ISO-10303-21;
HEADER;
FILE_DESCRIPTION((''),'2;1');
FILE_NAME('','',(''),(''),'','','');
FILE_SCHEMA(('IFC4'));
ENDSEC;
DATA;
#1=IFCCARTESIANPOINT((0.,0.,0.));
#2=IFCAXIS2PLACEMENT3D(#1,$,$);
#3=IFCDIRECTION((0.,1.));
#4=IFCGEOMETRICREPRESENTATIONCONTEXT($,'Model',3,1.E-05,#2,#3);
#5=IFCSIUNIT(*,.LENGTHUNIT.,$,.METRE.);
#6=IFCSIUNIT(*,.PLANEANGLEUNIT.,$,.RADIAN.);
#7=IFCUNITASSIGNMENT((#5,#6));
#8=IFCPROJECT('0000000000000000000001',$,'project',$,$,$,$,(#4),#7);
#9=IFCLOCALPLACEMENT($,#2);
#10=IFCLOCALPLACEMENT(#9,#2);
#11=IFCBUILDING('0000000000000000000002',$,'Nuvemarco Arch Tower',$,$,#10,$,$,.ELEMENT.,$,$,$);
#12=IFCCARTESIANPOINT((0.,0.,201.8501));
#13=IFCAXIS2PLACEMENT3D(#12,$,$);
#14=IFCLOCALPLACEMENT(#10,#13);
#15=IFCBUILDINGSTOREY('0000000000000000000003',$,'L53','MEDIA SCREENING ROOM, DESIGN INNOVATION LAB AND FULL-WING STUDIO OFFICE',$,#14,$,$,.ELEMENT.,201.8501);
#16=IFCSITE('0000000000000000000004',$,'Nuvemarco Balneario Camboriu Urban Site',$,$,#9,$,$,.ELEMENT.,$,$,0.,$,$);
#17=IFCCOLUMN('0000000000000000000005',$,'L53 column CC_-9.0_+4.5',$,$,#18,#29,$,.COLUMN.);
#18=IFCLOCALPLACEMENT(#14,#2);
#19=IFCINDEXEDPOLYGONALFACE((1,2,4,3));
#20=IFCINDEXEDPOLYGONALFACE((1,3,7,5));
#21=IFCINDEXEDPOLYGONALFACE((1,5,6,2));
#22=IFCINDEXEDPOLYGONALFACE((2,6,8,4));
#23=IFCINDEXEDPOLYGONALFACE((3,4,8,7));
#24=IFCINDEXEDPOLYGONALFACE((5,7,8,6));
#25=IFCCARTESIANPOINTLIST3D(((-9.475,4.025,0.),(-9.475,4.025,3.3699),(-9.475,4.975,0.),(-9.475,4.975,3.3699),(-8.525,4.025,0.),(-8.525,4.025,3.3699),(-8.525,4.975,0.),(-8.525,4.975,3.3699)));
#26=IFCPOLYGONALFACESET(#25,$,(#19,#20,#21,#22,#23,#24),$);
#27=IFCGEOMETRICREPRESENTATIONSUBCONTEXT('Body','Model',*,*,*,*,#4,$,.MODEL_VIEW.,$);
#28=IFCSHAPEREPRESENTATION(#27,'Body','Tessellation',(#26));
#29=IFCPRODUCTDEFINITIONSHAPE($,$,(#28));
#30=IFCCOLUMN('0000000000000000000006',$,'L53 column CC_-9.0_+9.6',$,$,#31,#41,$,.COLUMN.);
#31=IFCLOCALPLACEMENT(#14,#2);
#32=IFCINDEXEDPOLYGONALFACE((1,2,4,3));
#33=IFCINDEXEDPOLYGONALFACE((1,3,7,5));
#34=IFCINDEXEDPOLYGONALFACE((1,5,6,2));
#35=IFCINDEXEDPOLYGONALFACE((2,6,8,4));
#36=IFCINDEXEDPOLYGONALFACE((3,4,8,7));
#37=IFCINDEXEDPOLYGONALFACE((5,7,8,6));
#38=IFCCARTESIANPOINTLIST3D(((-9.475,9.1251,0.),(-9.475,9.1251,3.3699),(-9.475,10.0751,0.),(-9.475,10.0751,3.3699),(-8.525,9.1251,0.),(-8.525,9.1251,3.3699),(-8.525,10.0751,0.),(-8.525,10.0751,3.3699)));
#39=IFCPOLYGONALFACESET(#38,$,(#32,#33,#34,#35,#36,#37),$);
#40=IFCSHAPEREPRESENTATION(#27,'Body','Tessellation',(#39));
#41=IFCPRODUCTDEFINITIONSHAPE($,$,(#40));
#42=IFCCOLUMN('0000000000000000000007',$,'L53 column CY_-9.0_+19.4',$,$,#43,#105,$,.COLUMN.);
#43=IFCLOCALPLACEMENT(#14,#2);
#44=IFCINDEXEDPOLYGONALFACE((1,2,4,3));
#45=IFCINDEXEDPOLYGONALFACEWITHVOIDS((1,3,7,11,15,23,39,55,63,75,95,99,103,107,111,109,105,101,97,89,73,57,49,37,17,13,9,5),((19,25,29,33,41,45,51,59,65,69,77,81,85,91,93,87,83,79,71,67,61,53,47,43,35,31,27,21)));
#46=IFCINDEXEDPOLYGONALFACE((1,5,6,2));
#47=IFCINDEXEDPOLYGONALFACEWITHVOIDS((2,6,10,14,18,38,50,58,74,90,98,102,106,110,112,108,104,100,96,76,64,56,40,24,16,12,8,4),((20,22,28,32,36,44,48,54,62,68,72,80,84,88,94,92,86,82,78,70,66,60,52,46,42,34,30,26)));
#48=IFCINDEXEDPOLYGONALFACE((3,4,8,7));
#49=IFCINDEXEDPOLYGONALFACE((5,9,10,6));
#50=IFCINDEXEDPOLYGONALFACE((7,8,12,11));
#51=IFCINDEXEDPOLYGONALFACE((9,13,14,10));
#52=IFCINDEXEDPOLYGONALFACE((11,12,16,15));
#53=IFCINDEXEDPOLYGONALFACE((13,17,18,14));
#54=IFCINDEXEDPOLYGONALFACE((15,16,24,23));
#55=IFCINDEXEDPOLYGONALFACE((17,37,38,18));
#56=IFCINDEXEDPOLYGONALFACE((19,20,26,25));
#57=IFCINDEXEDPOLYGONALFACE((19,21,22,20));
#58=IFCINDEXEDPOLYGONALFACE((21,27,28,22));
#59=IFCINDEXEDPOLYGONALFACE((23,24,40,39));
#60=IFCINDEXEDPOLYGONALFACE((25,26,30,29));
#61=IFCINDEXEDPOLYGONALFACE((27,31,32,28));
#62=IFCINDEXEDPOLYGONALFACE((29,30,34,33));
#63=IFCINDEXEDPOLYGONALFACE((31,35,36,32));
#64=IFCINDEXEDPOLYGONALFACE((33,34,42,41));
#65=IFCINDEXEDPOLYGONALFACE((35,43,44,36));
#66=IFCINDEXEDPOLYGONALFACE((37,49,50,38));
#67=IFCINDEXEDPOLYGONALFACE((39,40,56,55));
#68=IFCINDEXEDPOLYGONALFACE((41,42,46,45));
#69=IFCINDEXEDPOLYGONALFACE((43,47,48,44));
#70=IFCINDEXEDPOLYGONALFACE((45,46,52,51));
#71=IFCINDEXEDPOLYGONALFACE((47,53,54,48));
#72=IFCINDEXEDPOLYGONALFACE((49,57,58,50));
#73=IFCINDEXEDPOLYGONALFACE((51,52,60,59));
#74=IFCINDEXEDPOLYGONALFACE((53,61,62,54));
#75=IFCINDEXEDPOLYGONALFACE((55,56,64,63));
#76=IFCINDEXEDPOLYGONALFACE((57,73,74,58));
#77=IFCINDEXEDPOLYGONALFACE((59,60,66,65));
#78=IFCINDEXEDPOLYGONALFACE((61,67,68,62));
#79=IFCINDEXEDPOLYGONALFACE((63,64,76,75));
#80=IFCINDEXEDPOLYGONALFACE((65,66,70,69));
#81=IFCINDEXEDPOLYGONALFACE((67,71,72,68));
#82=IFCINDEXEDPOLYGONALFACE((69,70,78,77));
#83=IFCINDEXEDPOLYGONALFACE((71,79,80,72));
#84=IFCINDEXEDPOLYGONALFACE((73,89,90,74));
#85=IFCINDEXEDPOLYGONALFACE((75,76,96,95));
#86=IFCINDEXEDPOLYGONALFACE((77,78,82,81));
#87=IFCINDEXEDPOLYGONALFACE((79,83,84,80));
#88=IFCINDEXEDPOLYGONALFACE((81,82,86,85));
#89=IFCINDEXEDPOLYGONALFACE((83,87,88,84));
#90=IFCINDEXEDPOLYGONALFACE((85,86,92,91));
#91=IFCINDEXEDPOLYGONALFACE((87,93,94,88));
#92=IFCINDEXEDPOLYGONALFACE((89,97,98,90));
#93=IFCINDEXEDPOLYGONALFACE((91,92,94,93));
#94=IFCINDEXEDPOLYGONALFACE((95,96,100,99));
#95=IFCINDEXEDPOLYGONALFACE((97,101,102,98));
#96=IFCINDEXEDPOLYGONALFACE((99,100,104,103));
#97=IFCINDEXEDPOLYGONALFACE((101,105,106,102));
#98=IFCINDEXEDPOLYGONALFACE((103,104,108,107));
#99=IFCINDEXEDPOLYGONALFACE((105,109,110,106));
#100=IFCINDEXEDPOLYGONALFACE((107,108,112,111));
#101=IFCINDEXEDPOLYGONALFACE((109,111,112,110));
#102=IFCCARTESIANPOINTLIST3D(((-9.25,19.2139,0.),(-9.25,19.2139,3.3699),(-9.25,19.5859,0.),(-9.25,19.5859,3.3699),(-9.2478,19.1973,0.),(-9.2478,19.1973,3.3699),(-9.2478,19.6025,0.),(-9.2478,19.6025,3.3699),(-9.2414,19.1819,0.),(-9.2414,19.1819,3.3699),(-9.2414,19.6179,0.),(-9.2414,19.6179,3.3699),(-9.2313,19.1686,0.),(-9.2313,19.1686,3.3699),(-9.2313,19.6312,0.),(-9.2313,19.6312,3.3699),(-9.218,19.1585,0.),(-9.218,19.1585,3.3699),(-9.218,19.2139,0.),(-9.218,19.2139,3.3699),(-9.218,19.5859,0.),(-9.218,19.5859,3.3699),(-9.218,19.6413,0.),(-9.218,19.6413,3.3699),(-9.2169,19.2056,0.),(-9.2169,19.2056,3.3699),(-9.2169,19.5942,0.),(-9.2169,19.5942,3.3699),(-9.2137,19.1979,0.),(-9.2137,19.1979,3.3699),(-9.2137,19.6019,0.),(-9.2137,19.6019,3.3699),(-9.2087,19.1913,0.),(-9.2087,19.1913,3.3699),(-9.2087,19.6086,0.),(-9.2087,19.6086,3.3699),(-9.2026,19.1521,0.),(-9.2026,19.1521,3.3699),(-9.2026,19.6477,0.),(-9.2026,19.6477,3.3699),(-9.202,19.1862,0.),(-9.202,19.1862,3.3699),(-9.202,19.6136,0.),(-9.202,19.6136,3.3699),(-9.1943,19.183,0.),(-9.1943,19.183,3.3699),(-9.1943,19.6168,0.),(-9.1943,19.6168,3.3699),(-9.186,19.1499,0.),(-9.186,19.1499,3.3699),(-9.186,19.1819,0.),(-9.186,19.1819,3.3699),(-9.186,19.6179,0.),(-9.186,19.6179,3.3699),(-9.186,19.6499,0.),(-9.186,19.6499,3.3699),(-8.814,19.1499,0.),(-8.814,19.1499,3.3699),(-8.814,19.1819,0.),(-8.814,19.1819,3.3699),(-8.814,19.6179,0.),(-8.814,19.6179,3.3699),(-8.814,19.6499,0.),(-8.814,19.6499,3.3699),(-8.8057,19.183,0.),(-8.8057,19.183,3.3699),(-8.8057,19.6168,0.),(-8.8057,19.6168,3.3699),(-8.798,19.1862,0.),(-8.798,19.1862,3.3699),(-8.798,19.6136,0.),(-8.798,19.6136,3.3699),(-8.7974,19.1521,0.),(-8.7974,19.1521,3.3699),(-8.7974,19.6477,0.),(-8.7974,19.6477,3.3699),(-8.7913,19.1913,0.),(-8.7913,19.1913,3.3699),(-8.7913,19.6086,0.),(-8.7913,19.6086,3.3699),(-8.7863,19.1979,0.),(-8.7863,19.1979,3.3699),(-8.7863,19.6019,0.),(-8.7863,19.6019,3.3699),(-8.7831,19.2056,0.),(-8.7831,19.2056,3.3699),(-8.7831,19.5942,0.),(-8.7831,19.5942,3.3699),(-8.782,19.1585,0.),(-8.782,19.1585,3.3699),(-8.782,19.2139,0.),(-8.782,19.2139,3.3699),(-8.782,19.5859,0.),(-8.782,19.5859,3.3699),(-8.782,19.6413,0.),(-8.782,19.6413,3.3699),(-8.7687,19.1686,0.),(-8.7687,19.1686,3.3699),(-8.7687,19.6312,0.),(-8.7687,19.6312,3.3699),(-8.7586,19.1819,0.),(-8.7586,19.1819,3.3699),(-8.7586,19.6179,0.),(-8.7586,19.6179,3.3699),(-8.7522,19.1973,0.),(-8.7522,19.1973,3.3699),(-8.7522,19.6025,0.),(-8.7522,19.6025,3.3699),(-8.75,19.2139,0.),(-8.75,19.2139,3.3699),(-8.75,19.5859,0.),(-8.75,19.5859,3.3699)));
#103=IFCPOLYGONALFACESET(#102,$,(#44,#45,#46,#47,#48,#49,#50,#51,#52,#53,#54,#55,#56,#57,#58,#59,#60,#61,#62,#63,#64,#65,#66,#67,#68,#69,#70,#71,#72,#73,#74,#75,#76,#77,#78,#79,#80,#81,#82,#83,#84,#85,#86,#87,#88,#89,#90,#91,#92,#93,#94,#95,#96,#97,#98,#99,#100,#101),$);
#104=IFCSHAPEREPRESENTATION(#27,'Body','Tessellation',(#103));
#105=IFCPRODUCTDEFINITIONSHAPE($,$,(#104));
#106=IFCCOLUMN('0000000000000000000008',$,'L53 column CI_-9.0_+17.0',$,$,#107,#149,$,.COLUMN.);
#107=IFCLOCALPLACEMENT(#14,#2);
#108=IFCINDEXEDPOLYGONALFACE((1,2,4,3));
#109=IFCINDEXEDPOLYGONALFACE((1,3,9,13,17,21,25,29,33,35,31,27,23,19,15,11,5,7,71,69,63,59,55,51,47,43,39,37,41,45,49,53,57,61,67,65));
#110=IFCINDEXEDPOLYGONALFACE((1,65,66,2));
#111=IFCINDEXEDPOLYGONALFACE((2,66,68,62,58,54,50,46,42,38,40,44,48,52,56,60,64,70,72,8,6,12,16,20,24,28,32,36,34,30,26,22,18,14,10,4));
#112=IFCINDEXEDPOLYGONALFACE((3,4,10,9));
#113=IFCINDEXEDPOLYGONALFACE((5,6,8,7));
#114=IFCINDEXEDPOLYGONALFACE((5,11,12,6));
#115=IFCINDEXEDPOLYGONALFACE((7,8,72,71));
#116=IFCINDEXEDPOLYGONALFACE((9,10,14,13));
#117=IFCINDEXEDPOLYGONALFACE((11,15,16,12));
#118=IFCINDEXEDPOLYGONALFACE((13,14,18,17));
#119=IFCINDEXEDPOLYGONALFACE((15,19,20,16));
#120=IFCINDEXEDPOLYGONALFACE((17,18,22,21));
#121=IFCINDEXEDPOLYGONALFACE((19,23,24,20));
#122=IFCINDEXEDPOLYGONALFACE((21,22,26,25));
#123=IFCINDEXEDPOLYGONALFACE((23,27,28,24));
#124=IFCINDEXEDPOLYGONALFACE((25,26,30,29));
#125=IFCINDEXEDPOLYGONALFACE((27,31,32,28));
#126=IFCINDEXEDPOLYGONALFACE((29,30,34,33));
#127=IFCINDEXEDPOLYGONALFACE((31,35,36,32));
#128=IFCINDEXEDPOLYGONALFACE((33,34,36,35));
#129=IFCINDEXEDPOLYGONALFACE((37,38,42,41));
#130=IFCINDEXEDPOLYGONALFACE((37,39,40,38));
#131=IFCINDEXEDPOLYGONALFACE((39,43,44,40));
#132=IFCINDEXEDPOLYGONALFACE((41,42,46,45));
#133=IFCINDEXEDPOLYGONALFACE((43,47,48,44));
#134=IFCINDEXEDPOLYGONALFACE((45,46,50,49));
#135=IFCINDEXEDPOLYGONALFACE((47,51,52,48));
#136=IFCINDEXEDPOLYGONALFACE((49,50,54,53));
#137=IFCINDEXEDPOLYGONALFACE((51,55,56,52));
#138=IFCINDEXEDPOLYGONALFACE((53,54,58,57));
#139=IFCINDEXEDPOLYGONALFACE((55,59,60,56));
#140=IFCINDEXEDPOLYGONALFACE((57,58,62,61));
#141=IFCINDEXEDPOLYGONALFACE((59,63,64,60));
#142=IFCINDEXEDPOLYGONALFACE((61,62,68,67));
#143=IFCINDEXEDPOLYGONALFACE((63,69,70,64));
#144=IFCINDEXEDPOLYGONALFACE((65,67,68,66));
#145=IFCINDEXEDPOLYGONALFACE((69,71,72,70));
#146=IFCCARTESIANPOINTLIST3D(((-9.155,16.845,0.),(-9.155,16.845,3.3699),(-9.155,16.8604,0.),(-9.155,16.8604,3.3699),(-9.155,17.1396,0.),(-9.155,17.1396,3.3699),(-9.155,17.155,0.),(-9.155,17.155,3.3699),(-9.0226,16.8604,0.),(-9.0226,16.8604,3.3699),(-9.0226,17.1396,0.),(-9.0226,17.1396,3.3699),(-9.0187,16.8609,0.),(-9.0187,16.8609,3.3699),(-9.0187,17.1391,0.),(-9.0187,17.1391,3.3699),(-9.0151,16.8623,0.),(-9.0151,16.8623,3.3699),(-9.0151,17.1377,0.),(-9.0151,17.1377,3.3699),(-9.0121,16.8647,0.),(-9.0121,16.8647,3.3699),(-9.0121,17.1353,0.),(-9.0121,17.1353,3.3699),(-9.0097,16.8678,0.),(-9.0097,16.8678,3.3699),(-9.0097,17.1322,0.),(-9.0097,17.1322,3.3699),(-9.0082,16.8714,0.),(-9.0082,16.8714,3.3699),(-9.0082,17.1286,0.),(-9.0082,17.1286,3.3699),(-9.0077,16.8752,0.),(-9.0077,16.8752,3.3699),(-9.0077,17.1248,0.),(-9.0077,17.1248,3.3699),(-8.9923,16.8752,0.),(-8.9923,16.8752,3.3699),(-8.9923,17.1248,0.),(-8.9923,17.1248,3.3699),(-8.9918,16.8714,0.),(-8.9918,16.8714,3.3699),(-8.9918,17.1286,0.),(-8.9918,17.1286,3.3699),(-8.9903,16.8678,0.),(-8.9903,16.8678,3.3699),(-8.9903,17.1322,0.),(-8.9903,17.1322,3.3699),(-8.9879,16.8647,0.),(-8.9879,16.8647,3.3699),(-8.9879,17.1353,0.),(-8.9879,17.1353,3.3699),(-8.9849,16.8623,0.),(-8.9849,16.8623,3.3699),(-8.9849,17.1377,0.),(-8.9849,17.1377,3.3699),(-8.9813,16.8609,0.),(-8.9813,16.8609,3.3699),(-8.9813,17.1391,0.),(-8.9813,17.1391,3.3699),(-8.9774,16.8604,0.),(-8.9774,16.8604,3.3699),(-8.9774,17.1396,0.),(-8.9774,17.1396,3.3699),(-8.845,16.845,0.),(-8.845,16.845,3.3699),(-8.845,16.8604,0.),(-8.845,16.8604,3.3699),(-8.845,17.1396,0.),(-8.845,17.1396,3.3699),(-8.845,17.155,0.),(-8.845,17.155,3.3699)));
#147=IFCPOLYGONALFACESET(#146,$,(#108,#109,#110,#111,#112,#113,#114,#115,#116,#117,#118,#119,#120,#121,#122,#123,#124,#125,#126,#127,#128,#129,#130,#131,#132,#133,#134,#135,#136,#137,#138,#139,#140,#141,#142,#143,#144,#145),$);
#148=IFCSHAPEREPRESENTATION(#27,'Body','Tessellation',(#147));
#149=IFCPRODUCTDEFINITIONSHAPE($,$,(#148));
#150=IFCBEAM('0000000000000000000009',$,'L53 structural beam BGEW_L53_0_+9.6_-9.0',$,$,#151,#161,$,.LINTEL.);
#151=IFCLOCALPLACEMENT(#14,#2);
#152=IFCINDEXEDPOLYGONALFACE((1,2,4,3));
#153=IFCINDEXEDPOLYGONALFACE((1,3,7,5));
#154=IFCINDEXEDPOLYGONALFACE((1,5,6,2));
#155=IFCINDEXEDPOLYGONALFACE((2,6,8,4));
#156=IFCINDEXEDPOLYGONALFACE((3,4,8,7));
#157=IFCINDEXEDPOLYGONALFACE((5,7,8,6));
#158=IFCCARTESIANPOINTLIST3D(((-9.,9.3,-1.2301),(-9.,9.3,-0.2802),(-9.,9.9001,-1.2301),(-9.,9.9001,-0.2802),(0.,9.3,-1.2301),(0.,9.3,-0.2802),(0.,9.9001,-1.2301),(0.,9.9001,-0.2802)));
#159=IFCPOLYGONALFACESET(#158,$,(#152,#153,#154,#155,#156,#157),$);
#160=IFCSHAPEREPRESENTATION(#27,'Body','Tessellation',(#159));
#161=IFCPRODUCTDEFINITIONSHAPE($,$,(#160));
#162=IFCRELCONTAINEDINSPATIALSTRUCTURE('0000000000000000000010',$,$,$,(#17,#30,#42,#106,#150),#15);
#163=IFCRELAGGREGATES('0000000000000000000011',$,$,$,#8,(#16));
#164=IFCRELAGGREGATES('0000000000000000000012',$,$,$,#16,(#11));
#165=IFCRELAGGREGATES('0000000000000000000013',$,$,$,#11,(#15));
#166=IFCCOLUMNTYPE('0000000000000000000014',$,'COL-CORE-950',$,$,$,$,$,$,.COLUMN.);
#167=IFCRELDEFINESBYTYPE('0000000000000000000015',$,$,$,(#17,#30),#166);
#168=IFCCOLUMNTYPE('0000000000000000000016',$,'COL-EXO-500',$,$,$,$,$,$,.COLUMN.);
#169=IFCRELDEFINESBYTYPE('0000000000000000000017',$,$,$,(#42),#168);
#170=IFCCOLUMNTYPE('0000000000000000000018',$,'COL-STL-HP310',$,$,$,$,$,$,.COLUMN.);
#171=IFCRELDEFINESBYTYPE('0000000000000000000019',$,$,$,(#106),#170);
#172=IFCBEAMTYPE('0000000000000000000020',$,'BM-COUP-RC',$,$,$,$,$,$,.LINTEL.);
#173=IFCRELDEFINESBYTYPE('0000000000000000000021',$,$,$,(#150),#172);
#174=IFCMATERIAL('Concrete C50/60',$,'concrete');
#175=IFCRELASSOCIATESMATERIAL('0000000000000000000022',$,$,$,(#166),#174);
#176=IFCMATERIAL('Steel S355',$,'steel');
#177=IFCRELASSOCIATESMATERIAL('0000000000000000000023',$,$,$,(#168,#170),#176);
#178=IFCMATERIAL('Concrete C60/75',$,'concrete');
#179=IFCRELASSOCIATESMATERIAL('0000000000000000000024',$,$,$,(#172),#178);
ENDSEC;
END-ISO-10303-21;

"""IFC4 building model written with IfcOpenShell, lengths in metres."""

from ifc_helpers import new_model, si_unit, direction, frame, origin, origin_2d, place, context, subcontext, project, spatial, rectangle, hollow_rectangle, i_section, extrude, material, material_profile, profile_set, type_object, element, save


model = new_model("IFC4")

# Units and contexts
model_context = context("Model", 3, precision=1e-05, world=origin(), true_north=direction((0.0, 1.0)))
body_context = subcontext(model_context, "Body", "Model", "MODEL_VIEW")
ifc_project = project(units=[si_unit("LENGTHUNIT", "METRE"), si_unit("PLANEANGLEUNIT", "RADIAN")], contexts=[model_context])

# Site, building, storey
site_placement = place(None, origin())
site = spatial("IfcSite", under=ifc_project, at=site_placement, Name="Nuvemarco Balneario Camboriu Urban Site", CompositionType="ELEMENT", RefElevation=0.0)
building_placement = place(site_placement, origin())
building = spatial("IfcBuilding", under=site, at=building_placement, Name="Nuvemarco Arch Tower", CompositionType="ELEMENT")
storey_placement = place(building_placement, frame((0.0, 0.0, 201.8501)))
storey = spatial("IfcBuildingStorey", under=building, at=storey_placement, Name="L53", Description="MEDIA SCREENING ROOM, DESIGN INNOVATION LAB AND FULL-WING STUDIO OFFICE", CompositionType="ELEMENT", Elevation=201.8501)

# Columns
ifc_material_1 = material(Name="Concrete C50/60", Category="concrete")
ifc_material_profile_1 = material_profile(ifc_material_1, rectangle(XDim=0.95, YDim=0.95, at=origin_2d()), Name="RC-COL-950x950")
ifc_profile_set_1 = profile_set([ifc_material_profile_1], Name="Concrete C50/60")
column_type_1 = type_object("IfcColumnType", Name="COL-CORE-950", PredefinedType="COLUMN", material=ifc_profile_set_1)
for number, where, z_axis, x_axis, name in (
    (1, (-9.0, 4.5, 0.0), (0.0, 0.0, 1.0), (1.0, 0.0, 0.0), "L53 column CC_-9.0_+4.5"),
    (2, (-9.0, 9.6001, 0.0), (0.0, 0.0, 1.0), (1.0, 0.0, 0.0), "L53 column CC_-9.0_+9.6"),
):
    element("IfcColumn", number, at=place(storey_placement, frame(where, z_axis=z_axis, x_axis=x_axis)), inside=storey, type_object=column_type_1, Name=name, PredefinedType="COLUMN", context=body_context, shape_type="SweptSolid", body=[
        extrude(rectangle(XDim=0.95, YDim=0.95, at=origin_2d()), origin(), (0.0, 0.0, 1.0), 3.3699),
    ])
ifc_material_2 = material(Name="Steel S355", Category="steel")
ifc_material_profile_2 = material_profile(ifc_material_2, hollow_rectangle(XDim=0.5, YDim=0.5, WallThickness=0.032, InnerFilletRadius=0.032, OuterFilletRadius=0.064, at=origin_2d()), Name="SHS500x500x32")
ifc_profile_set_2 = profile_set([ifc_material_profile_2], Name="Steel S355")
column_type_2 = type_object("IfcColumnType", Name="COL-EXO-500", PredefinedType="COLUMN", material=ifc_profile_set_2)
column_1_placement = place(storey_placement, frame((-9.0, 19.3999, 0.0), z_axis=(0.0, 0.0, 1.0), x_axis=(1.0, 0.0, 0.0)))
element("IfcColumn", 3, at=column_1_placement, inside=storey, type_object=column_type_2, Name="L53 column CY_-9.0_+19.4", PredefinedType="COLUMN", context=body_context, shape_type="SweptSolid", body=[
    extrude(hollow_rectangle(XDim=0.5, YDim=0.5, WallThickness=0.032, InnerFilletRadius=0.032, OuterFilletRadius=0.064, at=origin_2d()), origin(), (0.0, 0.0, 1.0), 3.3699),
])
ifc_material_profile_3 = material_profile(ifc_material_2, i_section(OverallWidth=0.3101, OverallDepth=0.3101, WebThickness=0.0154, FlangeThickness=0.0154, FilletRadius=0.0149, at=origin_2d()), Name="HP310x110")
ifc_profile_set_3 = profile_set([ifc_material_profile_3], Name="Steel S355")
column_type_3 = type_object("IfcColumnType", Name="COL-STL-HP310", PredefinedType="COLUMN", material=ifc_profile_set_3)
column_2_placement = place(storey_placement, frame((-9.0, 17.0, 0.0), z_axis=(0.0, 0.0, 1.0), x_axis=(1.0, 0.0, 0.0)))
element("IfcColumn", 4, at=column_2_placement, inside=storey, type_object=column_type_3, Name="L53 column CI_-9.0_+17.0", PredefinedType="COLUMN", context=body_context, shape_type="SweptSolid", body=[
    extrude(i_section(OverallWidth=0.3101, OverallDepth=0.3101, WebThickness=0.0154, FlangeThickness=0.0154, FilletRadius=0.0149, at=origin_2d()), origin(), (0.0, 0.0, 1.0), 3.3699),
])

# Beam
ifc_material_3 = material(Name="Concrete C60/75", Category="concrete")
ifc_material_profile_4 = material_profile(ifc_material_3, rectangle(XDim=0.6001, YDim=0.95, at=origin_2d()), Name="RC-BM-600x950")
ifc_profile_set_4 = profile_set([ifc_material_profile_4], Name="Concrete C60/75")
beam_type_1 = type_object("IfcBeamType", Name="BM-COUP-RC", PredefinedType="LINTEL", material=ifc_profile_set_4)
beam_1_placement = place(storey_placement, frame((-9.0, 9.6001, -0.7551), z_axis=(1.0, 0.0, 0.0), x_axis=(0.0, 1.0, 0.0)))
element("IfcBeam", 5, at=beam_1_placement, inside=storey, type_object=beam_type_1, Name="L53 structural beam BGEW_L53_0_+9.6_-9.0", PredefinedType="LINTEL", context=body_context, shape_type="SweptSolid", body=[
    extrude(rectangle(XDim=0.6001, YDim=0.95, at=origin_2d()), origin(), (0.0, 0.0, 1.0), 9.0),
])

save(model, "model.ifc")
